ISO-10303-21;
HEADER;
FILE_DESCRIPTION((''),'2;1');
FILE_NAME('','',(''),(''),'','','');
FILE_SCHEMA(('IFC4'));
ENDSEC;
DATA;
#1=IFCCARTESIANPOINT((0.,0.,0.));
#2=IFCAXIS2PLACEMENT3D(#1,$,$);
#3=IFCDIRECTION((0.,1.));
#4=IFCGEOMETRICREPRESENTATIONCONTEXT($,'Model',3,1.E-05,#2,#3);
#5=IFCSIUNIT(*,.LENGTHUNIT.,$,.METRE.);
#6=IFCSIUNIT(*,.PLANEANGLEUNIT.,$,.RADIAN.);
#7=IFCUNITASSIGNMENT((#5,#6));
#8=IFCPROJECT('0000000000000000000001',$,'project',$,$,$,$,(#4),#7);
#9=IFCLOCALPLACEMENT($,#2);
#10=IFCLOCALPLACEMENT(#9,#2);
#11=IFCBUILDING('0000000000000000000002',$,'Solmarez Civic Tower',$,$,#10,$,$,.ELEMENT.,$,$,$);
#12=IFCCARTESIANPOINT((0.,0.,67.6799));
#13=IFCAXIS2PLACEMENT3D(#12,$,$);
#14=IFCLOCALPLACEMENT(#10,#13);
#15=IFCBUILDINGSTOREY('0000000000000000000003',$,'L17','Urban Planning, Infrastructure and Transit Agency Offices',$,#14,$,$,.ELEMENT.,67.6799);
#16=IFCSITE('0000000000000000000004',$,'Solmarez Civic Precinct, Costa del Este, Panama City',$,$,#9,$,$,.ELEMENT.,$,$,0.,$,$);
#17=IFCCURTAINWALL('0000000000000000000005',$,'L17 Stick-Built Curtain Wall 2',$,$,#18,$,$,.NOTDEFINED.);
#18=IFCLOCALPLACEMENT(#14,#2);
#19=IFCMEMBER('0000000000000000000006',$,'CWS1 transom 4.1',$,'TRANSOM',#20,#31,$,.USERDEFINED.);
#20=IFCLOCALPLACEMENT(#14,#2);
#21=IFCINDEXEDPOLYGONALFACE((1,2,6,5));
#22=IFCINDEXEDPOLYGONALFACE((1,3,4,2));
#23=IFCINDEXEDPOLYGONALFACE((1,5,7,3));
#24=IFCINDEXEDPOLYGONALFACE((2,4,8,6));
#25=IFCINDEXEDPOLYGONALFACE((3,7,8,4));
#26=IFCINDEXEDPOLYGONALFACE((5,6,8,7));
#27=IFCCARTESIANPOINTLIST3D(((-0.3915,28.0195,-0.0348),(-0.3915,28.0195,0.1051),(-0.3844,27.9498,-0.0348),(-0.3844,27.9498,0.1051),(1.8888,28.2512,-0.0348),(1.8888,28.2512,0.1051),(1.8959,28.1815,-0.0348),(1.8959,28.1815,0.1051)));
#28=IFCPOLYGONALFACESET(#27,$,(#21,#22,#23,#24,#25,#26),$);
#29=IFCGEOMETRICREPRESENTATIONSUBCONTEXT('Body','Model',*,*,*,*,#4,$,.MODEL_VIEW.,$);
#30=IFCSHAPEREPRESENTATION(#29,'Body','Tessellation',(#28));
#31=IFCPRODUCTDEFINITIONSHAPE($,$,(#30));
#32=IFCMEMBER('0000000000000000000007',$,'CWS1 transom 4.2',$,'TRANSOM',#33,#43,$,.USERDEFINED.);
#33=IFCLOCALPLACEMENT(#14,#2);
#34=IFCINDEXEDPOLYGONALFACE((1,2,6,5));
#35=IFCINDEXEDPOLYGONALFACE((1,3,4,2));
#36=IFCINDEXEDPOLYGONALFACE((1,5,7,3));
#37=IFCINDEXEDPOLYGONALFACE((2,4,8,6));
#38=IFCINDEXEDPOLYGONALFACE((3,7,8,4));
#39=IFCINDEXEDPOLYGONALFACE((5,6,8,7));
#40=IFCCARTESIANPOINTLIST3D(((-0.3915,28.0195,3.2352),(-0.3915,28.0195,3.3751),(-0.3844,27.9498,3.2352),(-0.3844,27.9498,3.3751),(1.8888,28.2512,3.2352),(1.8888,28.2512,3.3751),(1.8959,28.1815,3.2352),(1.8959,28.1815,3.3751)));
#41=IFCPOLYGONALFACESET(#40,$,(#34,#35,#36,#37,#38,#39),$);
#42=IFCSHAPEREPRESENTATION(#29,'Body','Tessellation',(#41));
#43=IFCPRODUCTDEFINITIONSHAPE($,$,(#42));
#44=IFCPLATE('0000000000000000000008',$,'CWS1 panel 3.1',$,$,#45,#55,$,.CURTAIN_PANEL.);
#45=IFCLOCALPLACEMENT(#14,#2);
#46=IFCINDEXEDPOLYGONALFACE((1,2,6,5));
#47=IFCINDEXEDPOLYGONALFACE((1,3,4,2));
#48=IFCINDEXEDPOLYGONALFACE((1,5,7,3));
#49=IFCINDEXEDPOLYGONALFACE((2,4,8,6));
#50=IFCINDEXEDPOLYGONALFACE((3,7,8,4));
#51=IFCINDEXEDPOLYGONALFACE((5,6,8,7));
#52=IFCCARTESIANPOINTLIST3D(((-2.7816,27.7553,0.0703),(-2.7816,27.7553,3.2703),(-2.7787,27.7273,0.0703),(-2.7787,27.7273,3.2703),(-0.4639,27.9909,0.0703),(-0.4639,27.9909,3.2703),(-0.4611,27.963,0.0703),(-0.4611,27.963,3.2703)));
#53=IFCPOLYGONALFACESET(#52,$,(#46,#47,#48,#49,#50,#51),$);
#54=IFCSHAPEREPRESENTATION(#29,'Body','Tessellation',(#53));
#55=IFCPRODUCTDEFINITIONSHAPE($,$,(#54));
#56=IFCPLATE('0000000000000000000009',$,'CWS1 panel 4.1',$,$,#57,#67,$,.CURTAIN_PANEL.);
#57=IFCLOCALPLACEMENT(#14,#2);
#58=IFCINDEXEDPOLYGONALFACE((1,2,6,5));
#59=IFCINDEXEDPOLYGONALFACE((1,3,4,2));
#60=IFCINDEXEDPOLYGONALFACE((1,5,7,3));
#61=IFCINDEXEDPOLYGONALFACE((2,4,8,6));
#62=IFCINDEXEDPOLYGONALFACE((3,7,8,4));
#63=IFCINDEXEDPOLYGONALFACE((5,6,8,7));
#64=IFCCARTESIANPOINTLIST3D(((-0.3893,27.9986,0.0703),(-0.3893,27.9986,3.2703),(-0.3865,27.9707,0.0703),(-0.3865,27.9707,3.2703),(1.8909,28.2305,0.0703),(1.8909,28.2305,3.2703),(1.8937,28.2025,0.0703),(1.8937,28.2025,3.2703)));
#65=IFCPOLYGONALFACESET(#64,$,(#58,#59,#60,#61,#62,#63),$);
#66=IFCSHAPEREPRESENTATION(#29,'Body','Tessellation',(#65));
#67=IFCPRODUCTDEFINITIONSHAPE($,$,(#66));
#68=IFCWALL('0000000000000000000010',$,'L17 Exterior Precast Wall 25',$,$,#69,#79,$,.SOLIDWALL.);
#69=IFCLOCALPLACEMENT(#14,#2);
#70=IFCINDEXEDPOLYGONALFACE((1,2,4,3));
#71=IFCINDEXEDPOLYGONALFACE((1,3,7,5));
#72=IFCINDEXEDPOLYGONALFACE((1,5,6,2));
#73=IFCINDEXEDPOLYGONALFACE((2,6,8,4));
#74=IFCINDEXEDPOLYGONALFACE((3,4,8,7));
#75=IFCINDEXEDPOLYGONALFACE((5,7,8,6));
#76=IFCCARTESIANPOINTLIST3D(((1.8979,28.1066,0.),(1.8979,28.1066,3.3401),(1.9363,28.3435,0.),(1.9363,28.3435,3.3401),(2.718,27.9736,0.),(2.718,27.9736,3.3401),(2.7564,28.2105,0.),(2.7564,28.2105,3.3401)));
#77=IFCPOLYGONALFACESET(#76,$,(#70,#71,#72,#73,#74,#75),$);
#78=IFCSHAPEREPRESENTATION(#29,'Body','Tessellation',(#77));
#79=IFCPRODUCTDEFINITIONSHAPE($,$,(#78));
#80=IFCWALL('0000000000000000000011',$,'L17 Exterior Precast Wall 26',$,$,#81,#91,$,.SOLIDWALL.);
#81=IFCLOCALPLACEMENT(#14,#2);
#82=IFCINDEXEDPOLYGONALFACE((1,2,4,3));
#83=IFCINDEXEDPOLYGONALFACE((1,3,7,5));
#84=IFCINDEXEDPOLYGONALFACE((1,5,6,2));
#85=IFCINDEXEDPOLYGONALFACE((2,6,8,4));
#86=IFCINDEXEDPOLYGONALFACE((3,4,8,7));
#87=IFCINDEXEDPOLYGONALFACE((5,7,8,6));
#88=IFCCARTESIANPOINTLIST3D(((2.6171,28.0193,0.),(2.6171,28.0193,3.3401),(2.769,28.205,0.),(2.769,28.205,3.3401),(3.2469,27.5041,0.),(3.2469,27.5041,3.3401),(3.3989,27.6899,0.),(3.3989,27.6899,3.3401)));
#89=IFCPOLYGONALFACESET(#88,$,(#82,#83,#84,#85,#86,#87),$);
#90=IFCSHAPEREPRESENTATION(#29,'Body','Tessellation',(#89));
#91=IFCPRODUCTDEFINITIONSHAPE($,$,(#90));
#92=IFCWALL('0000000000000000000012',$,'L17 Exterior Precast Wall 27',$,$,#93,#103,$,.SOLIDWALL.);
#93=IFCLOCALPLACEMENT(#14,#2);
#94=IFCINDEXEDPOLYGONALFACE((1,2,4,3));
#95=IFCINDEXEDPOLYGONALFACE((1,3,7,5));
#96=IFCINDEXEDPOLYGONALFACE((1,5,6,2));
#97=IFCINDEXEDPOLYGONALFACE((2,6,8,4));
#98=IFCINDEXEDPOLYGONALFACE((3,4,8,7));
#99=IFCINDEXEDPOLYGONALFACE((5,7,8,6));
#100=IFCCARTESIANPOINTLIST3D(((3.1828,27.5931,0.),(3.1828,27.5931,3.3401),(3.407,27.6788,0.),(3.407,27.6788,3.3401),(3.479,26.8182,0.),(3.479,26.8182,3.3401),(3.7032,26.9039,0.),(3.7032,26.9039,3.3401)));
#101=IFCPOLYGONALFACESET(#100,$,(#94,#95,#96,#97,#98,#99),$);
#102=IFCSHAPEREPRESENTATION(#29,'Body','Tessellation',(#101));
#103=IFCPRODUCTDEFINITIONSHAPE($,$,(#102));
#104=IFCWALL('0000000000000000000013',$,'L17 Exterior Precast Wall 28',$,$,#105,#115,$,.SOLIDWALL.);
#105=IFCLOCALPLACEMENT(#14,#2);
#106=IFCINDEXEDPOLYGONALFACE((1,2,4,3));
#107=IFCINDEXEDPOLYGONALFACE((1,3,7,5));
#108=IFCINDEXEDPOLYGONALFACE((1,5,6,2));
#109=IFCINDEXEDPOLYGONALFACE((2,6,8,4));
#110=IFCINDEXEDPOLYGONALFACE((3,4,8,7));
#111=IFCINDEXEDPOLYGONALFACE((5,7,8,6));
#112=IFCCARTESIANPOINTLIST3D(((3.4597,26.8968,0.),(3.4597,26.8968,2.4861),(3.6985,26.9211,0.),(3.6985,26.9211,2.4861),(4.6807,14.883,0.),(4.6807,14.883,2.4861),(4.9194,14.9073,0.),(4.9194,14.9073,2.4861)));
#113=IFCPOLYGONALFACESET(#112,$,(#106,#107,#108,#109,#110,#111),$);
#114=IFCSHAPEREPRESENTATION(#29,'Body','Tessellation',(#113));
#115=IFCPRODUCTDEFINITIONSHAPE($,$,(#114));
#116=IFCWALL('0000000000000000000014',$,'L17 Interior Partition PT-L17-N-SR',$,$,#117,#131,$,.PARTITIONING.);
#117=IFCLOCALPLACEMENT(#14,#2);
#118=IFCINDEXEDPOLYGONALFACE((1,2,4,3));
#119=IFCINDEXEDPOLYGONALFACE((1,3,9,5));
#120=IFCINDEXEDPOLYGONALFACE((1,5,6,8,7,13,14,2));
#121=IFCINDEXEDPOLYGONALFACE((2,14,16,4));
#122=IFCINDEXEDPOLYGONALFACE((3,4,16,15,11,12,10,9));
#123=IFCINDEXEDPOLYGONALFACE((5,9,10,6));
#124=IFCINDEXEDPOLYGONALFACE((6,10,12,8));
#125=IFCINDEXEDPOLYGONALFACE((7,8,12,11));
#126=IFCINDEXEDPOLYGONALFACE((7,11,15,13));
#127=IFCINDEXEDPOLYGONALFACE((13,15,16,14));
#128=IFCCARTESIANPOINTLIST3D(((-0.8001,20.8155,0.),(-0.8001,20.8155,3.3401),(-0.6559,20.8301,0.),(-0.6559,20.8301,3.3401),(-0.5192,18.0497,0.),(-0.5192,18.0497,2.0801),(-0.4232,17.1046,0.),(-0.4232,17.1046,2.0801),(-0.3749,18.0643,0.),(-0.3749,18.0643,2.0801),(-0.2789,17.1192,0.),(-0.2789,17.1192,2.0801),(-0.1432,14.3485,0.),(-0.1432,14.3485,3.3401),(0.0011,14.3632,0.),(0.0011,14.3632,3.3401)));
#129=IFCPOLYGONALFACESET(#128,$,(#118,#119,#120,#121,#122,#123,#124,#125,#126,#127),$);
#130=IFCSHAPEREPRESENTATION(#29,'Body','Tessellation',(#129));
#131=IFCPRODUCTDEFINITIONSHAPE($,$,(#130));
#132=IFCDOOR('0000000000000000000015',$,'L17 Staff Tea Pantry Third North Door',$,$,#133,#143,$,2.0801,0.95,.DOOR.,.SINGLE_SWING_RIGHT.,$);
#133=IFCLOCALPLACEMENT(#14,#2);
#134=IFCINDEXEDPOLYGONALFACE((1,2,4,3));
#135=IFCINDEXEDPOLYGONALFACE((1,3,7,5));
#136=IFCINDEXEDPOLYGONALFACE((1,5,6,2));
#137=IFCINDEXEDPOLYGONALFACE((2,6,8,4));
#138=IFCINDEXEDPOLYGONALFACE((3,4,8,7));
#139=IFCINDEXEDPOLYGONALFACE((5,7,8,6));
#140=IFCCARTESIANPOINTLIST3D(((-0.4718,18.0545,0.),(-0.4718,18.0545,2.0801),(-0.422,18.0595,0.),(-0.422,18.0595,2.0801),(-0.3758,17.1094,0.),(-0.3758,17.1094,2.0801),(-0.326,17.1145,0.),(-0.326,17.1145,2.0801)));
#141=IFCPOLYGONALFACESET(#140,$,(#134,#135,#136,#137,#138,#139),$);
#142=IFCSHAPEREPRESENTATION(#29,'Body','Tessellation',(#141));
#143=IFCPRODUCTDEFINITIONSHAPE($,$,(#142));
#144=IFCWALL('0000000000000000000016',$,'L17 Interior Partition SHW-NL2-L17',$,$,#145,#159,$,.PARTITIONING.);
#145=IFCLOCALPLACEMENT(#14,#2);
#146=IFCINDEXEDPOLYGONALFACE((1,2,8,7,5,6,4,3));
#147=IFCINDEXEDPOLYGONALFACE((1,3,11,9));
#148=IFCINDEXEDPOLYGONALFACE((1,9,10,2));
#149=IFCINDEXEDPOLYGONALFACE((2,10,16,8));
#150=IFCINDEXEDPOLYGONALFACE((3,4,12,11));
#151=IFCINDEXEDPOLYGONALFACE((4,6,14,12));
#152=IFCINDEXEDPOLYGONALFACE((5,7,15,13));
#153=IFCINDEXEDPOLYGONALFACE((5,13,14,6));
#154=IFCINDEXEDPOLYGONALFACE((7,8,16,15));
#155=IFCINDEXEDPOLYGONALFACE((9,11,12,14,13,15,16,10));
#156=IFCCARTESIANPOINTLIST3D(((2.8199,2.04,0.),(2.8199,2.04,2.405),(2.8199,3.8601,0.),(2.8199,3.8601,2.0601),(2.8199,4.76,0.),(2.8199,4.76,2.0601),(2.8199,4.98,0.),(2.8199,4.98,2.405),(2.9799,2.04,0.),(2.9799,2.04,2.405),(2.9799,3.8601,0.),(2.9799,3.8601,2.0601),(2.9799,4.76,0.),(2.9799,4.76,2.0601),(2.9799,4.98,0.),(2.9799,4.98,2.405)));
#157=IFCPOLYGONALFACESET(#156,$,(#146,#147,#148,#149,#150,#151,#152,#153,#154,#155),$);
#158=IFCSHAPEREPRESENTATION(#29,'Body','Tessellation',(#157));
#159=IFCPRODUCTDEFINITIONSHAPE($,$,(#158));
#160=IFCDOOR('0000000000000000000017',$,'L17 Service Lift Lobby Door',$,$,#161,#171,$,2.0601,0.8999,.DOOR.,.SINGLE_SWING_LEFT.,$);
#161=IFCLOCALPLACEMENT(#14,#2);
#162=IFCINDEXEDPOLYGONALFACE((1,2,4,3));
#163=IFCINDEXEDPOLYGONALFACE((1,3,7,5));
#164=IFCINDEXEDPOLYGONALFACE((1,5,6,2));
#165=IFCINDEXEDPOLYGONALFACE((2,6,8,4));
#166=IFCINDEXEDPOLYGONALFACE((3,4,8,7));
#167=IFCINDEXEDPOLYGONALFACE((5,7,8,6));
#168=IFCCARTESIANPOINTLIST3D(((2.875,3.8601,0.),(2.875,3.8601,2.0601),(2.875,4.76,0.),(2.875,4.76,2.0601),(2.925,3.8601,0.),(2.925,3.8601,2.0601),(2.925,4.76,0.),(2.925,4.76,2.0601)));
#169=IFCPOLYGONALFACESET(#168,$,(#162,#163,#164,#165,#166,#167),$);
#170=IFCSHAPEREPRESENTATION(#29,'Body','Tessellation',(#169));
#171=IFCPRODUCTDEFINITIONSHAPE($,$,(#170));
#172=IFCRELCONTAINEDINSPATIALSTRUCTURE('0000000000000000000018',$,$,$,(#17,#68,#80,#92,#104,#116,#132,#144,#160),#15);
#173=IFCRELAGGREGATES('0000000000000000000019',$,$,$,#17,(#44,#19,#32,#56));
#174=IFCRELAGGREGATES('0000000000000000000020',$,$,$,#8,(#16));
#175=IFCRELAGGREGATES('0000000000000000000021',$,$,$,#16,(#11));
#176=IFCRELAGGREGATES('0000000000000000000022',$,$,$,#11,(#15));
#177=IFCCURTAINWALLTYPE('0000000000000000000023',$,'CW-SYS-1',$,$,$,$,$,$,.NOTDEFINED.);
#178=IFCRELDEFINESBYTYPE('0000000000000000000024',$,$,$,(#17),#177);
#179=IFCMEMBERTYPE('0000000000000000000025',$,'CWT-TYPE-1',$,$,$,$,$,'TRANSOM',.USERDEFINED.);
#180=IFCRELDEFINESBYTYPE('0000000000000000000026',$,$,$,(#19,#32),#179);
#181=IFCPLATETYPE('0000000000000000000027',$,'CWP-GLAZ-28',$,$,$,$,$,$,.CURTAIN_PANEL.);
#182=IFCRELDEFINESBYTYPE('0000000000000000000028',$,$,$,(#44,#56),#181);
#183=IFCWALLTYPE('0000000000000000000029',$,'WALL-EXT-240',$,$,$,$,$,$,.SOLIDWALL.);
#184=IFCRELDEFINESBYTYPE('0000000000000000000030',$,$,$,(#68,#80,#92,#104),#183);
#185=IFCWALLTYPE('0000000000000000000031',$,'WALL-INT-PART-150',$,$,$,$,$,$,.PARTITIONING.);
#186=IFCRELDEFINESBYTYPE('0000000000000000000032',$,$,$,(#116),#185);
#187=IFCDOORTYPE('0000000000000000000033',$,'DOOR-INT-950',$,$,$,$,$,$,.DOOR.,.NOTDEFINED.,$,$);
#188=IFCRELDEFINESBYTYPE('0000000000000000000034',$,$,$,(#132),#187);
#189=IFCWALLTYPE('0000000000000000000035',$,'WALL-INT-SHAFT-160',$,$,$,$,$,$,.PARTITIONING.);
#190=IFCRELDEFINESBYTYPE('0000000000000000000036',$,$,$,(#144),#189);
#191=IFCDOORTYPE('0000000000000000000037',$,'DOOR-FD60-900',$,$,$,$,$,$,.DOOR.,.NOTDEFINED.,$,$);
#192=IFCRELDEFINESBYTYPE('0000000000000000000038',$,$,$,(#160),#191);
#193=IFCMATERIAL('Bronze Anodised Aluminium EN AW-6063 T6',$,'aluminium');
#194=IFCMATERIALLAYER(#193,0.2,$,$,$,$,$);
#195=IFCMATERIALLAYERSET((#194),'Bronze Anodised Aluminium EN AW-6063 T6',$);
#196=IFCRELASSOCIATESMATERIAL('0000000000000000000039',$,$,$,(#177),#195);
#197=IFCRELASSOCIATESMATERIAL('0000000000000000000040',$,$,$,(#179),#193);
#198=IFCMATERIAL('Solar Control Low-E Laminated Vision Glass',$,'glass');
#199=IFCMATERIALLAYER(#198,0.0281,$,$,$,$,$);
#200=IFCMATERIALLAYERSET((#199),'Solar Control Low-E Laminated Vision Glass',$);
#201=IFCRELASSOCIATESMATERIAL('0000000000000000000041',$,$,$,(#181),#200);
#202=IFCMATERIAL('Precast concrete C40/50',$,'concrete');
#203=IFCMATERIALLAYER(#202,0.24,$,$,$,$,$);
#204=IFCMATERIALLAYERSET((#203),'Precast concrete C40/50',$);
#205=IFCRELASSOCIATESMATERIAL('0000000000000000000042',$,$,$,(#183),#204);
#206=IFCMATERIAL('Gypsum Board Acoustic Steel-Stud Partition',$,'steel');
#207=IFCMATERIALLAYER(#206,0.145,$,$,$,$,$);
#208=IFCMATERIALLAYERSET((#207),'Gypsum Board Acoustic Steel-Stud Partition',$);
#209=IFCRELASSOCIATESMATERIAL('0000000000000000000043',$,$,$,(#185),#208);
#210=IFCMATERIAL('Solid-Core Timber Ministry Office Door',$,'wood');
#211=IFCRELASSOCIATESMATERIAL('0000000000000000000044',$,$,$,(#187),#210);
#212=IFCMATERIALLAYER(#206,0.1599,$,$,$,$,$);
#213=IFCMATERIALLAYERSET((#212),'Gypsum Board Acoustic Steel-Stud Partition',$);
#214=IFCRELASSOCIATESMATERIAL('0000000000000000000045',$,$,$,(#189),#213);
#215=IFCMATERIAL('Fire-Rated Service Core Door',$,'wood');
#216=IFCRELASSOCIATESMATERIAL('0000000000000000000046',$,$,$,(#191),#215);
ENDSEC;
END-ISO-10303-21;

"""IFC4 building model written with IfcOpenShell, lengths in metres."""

from ifc_helpers import new_model, si_unit, direction, frame, frame_2d, origin, origin_2d, place, context, subcontext, project, spatial, rectangle, extrude, material, layer, layer_set, material_profile, profile_set, type_object, element, fill, aggregate, save


model = new_model("IFC4")

# Units and contexts
model_context = context("Model", 3, precision=1e-05, world=origin(), true_north=direction((0.0, 1.0)))
body_context = subcontext(model_context, "Body", "Model", "MODEL_VIEW")
ifc_project = project(units=[si_unit("LENGTHUNIT", "METRE"), si_unit("PLANEANGLEUNIT", "RADIAN")], contexts=[model_context])

# Site, building, storey
site_placement = place(None, origin())
site = spatial("IfcSite", under=ifc_project, at=site_placement, Name="Solmarez Civic Precinct, Costa del Este, Panama City", CompositionType="ELEMENT", RefElevation=0.0)
building_placement = place(site_placement, origin())
building = spatial("IfcBuilding", under=site, at=building_placement, Name="Solmarez Civic Tower", CompositionType="ELEMENT")
storey_placement = place(building_placement, frame((0.0, 0.0, 67.6799)))
storey = spatial("IfcBuildingStorey", under=building, at=storey_placement, Name="L17", Description="Urban Planning, Infrastructure and Transit Agency Offices", CompositionType="ELEMENT", Elevation=67.6799)

# Curtain wall, members, plates
ifc_material_1 = material(Name="Bronze Anodised Aluminium EN AW-6063 T6", Category="aluminium")
ifc_layer_1 = layer(ifc_material_1, 0.2)
ifc_layer_set_1 = layer_set([ifc_layer_1], Name="Bronze Anodised Aluminium EN AW-6063 T6")
curtain_wall_type = type_object("IfcCurtainWallType", Name="CW-SYS-1", PredefinedType="NOTDEFINED", material=ifc_layer_set_1)
curtain_wall_placement = place(storey_placement, origin())
curtain_wall = element("IfcCurtainWall", 1, at=curtain_wall_placement, inside=storey, type_object=curtain_wall_type, Name="L17 Stick-Built Curtain Wall 2", PredefinedType="NOTDEFINED")
ifc_material_profile_1 = material_profile(ifc_material_1, rectangle(XDim=0.0701, YDim=0.1399, at=origin_2d()), Name="CWT-70X140")
ifc_profile_set_1 = profile_set([ifc_material_profile_1], Name="Bronze Anodised Aluminium EN AW-6063 T6")
member_type_1 = type_object("IfcMemberType", Name="CWT-TYPE-1", ElementType="TRANSOM", PredefinedType="USERDEFINED", material=ifc_profile_set_1)
member_1_placement = place(storey_placement, frame((-0.3879, 27.9846, 0.0352), z_axis=(0.994878, 0.101086, 0.0), x_axis=(-0.101086, 0.994878, 0.0)))
member_1 = element("IfcMember", 2, at=member_1_placement, type_object=member_type_1, Name="CWS1 transom 4.1", ObjectType="TRANSOM", PredefinedType="USERDEFINED", context=body_context, shape_type="SweptSolid", body=[
    extrude(rectangle(XDim=0.0701, YDim=0.1399, at=origin_2d()), origin(), (0.0, 0.0, 1.0), 2.292),
])
member_2_placement = place(storey_placement, frame((-0.3879, 27.9846, 3.3052), z_axis=(0.994878, 0.101086, 0.0), x_axis=(-0.101086, 0.994878, 0.0)))
member_2 = element("IfcMember", 3, at=member_2_placement, type_object=member_type_1, Name="CWS1 transom 4.2", ObjectType="TRANSOM", PredefinedType="USERDEFINED", context=body_context, shape_type="SweptSolid", body=[
    extrude(rectangle(XDim=0.0701, YDim=0.1399, at=origin_2d()), origin(), (0.0, 0.0, 1.0), 2.292),
])
ifc_material_2 = material(Name="Solar Control Low-E Laminated Vision Glass", Category="glass")
ifc_layer_2 = layer(ifc_material_2, 0.0281)
ifc_layer_set_2 = layer_set([ifc_layer_2], Name="Solar Control Low-E Laminated Vision Glass")
plate_type = type_object("IfcPlateType", Name="CWP-GLAZ-28", PredefinedType="CURTAIN_PANEL", material=ifc_layer_set_2)
plate_1_placement = place(storey_placement, frame((-1.6213, 27.8591, 0.0703), z_axis=(0.0, 0.0, 1.0), x_axis=(0.99487, 0.101161, 0.0)))
plate_1 = element("IfcPlate", 4, at=plate_1_placement, type_object=plate_type, Name="CWS1 panel 3.1", PredefinedType="CURTAIN_PANEL", context=body_context, shape_type="SweptSolid", body=[
    extrude(rectangle(XDim=2.3296, YDim=0.0281, at=origin_2d()), origin(), (0.0, 0.0, 1.0), 3.2),
])
plate_2_placement = place(storey_placement, frame((0.7522, 28.1006, 0.0703), z_axis=(0.0, 0.0, 1.0), x_axis=(0.99487, 0.101161, 0.0)))
plate_2 = element("IfcPlate", 5, at=plate_2_placement, type_object=plate_type, Name="CWS1 panel 4.1", PredefinedType="CURTAIN_PANEL", context=body_context, shape_type="SweptSolid", body=[
    extrude(rectangle(XDim=2.292, YDim=0.0281, at=origin_2d()), origin(), (0.0, 0.0, 1.0), 3.2),
])
aggregate(curtain_wall, [plate_1, member_1, member_2, plate_2])

# Walls
ifc_material_3 = material(Name="Precast concrete C40/50", Category="concrete")
ifc_layer_3 = layer(ifc_material_3, 0.24)
ifc_layer_set_3 = layer_set([ifc_layer_3], Name="Precast concrete C40/50")
wall_type_1 = type_object("IfcWallType", Name="WALL-EXT-240", PredefinedType="SOLIDWALL", material=ifc_layer_set_3)
wall_1_placement = place(storey_placement, frame((1.917, 28.2251, 0.0), z_axis=(0.0, 0.0, 1.0), x_axis=(0.987092, -0.160156, 0.0)))
element("IfcWall", 6, at=wall_1_placement, inside=storey, type_object=wall_type_1, Name="L17 Exterior Precast Wall 25", PredefinedType="SOLIDWALL", context=body_context, shape_type="SweptSolid", body=[
    extrude(rectangle(XDim=0.8308, YDim=0.24, at=frame_2d((0.4155, 0.0))), origin(), (0.0, 0.0, 1.0), 3.3401),
])
wall_2_placement = place(storey_placement, frame((2.6931, 28.1121, 0.0), z_axis=(0.0, 0.0, 1.0), x_axis=(0.774091, -0.633074, 0.0)))
element("IfcWall", 7, at=wall_2_placement, inside=storey, type_object=wall_type_1, Name="L17 Exterior Precast Wall 26", PredefinedType="SOLIDWALL", context=body_context, shape_type="SweptSolid", body=[
    extrude(rectangle(XDim=0.8137, YDim=0.24, at=frame_2d((0.4067, 0.0))), origin(), (0.0, 0.0, 1.0), 3.3401),
])
wall_3_placement = place(storey_placement, frame((3.2949, 27.636, 0.0), z_axis=(0.0, 0.0, 1.0), x_axis=(0.356986, -0.93411, 0.0)))
element("IfcWall", 8, at=wall_3_placement, inside=storey, type_object=wall_type_1, Name="L17 Exterior Precast Wall 27", PredefinedType="SOLIDWALL", context=body_context, shape_type="SweptSolid", body=[
    extrude(rectangle(XDim=0.8296, YDim=0.24, at=frame_2d((0.4148, 0.0))), origin(), (0.0, 0.0, 1.0), 3.3401),
])
wall_4_placement = place(storey_placement, frame((3.5791, 26.9089, 0.0), z_axis=(0.0, 0.0, 1.0), x_axis=(0.101107, -0.994876, 0.0)))
element("IfcWall", 9, at=wall_4_placement, inside=storey, type_object=wall_type_1, Name="L17 Exterior Precast Wall 28", PredefinedType="SOLIDWALL", context=body_context, shape_type="SweptSolid", body=[
    extrude(rectangle(XDim=12.0757, YDim=0.24, at=frame_2d((6.0378, 0.0))), origin(), (0.0, 0.0, 1.0), 2.4861),
])

# Walls, openings, doors
ifc_material_4 = material(Name="Gypsum Board Acoustic Steel-Stud Partition", Category="steel")
ifc_layer_4 = layer(ifc_material_4, 0.145)
ifc_layer_set_4 = layer_set([ifc_layer_4], Name="Gypsum Board Acoustic Steel-Stud Partition")
wall_type_2 = type_object("IfcWallType", Name="WALL-INT-PART-150", PredefinedType="PARTITIONING", material=ifc_layer_set_4)
wall_5_placement = place(storey_placement, frame((-0.071, 14.356, 0.0), z_axis=(0.0, 0.0, 1.0), x_axis=(-0.101069, 0.994879, 0.0)))
wall_5 = element("IfcWall", 10, at=wall_5_placement, inside=storey, type_object=wall_type_2, Name="L17 Interior Partition PT-L17-N-SR", PredefinedType="PARTITIONING", context=body_context, shape_type="SweptSolid", body=[
    extrude(rectangle(XDim=6.5002, YDim=0.145, at=frame_2d((3.25, 0.0))), origin(), (0.0, 0.0, 1.0), 3.3401),
])
opening_1_placement = place(wall_5_placement, frame((2.77, 0.0, 0.0)))
opening_1 = element("IfcOpeningElement", 11, at=opening_1_placement, cuts=wall_5, PredefinedType="OPENING", context=body_context, shape_type="SweptSolid", body=[
    extrude(rectangle(XDim=0.95, YDim=2.0801, at=frame_2d((0.4751, 1.04))), frame((0.0, 0.0825, 0.0), z_axis=(0.0, -1.0, 0.0), x_axis=(1.0, 0.0, 0.0)), (0.0, 0.0, 1.0), 0.165),
])
ifc_material_5 = material(Name="Solid-Core Timber Ministry Office Door", Category="wood")
door_type_1 = type_object("IfcDoorType", Name="DOOR-INT-950", OperationType="NOTDEFINED", PredefinedType="DOOR", material=ifc_material_5)
door_1_placement = place(opening_1_placement, origin())
door_1 = element("IfcDoor", 12, at=door_1_placement, inside=storey, type_object=door_type_1, Name="L17 Staff Tea Pantry Third North Door", OperationType="SINGLE_SWING_RIGHT", OverallHeight=2.0801, OverallWidth=0.95, PredefinedType="DOOR", context=body_context, shape_type="SweptSolid", body=[
    extrude(rectangle(XDim=0.95, YDim=2.0801, at=frame_2d((0.4751, 1.04))), frame((0.0, 0.0249, 0.0), z_axis=(0.0, -1.0, 0.0), x_axis=(1.0, 0.0, 0.0)), (0.0, 0.0, 1.0), 0.05),
])
fill(opening_1, door_1)
ifc_layer_5 = layer(ifc_material_4, 0.1599)
ifc_layer_set_5 = layer_set([ifc_layer_5], Name="Gypsum Board Acoustic Steel-Stud Partition")
wall_type_3 = type_object("IfcWallType", Name="WALL-INT-SHAFT-160", PredefinedType="PARTITIONING", material=ifc_layer_set_5)
wall_6_placement = place(storey_placement, frame((2.8999, 2.04, 0.0), z_axis=(0.0, 0.0, 1.0), x_axis=(0.0, 1.0, 0.0)))
wall_6 = element("IfcWall", 13, at=wall_6_placement, inside=storey, type_object=wall_type_3, Name="L17 Interior Partition SHW-NL2-L17", PredefinedType="PARTITIONING", context=body_context, shape_type="SweptSolid", body=[
    extrude(rectangle(XDim=2.9399, YDim=0.1599, at=frame_2d((1.47, 0.0))), origin(), (0.0, 0.0, 1.0), 2.405),
])
opening_2_placement = place(wall_6_placement, frame((1.8201, 0.0, 0.0)))
opening_2 = element("IfcOpeningElement", 14, at=opening_2_placement, cuts=wall_6, PredefinedType="OPENING", context=body_context, shape_type="SweptSolid", body=[
    extrude(rectangle(XDim=0.8999, YDim=2.0601, at=frame_2d((0.45, 1.03))), frame((0.0, 0.0898, 0.0), z_axis=(0.0, -1.0, 0.0), x_axis=(1.0, 0.0, 0.0)), (0.0, 0.0, 1.0), 0.1799),
])
ifc_material_6 = material(Name="Fire-Rated Service Core Door", Category="wood")
door_type_2 = type_object("IfcDoorType", Name="DOOR-FD60-900", OperationType="NOTDEFINED", PredefinedType="DOOR", material=ifc_material_6)
door_2_placement = place(opening_2_placement, origin())
door_2 = element("IfcDoor", 15, at=door_2_placement, inside=storey, type_object=door_type_2, Name="L17 Service Lift Lobby Door", OperationType="SINGLE_SWING_LEFT", OverallHeight=2.0601, OverallWidth=0.8999, PredefinedType="DOOR", context=body_context, shape_type="SweptSolid", body=[
    extrude(rectangle(XDim=0.8999, YDim=2.0601, at=frame_2d((0.45, 1.03))), frame((0.0, 0.0249, 0.0), z_axis=(0.0, -1.0, 0.0), x_axis=(1.0, 0.0, 0.0)), (0.0, 0.0, 1.0), 0.05),
])
fill(opening_2, door_2)

save(model, "model.ifc")
